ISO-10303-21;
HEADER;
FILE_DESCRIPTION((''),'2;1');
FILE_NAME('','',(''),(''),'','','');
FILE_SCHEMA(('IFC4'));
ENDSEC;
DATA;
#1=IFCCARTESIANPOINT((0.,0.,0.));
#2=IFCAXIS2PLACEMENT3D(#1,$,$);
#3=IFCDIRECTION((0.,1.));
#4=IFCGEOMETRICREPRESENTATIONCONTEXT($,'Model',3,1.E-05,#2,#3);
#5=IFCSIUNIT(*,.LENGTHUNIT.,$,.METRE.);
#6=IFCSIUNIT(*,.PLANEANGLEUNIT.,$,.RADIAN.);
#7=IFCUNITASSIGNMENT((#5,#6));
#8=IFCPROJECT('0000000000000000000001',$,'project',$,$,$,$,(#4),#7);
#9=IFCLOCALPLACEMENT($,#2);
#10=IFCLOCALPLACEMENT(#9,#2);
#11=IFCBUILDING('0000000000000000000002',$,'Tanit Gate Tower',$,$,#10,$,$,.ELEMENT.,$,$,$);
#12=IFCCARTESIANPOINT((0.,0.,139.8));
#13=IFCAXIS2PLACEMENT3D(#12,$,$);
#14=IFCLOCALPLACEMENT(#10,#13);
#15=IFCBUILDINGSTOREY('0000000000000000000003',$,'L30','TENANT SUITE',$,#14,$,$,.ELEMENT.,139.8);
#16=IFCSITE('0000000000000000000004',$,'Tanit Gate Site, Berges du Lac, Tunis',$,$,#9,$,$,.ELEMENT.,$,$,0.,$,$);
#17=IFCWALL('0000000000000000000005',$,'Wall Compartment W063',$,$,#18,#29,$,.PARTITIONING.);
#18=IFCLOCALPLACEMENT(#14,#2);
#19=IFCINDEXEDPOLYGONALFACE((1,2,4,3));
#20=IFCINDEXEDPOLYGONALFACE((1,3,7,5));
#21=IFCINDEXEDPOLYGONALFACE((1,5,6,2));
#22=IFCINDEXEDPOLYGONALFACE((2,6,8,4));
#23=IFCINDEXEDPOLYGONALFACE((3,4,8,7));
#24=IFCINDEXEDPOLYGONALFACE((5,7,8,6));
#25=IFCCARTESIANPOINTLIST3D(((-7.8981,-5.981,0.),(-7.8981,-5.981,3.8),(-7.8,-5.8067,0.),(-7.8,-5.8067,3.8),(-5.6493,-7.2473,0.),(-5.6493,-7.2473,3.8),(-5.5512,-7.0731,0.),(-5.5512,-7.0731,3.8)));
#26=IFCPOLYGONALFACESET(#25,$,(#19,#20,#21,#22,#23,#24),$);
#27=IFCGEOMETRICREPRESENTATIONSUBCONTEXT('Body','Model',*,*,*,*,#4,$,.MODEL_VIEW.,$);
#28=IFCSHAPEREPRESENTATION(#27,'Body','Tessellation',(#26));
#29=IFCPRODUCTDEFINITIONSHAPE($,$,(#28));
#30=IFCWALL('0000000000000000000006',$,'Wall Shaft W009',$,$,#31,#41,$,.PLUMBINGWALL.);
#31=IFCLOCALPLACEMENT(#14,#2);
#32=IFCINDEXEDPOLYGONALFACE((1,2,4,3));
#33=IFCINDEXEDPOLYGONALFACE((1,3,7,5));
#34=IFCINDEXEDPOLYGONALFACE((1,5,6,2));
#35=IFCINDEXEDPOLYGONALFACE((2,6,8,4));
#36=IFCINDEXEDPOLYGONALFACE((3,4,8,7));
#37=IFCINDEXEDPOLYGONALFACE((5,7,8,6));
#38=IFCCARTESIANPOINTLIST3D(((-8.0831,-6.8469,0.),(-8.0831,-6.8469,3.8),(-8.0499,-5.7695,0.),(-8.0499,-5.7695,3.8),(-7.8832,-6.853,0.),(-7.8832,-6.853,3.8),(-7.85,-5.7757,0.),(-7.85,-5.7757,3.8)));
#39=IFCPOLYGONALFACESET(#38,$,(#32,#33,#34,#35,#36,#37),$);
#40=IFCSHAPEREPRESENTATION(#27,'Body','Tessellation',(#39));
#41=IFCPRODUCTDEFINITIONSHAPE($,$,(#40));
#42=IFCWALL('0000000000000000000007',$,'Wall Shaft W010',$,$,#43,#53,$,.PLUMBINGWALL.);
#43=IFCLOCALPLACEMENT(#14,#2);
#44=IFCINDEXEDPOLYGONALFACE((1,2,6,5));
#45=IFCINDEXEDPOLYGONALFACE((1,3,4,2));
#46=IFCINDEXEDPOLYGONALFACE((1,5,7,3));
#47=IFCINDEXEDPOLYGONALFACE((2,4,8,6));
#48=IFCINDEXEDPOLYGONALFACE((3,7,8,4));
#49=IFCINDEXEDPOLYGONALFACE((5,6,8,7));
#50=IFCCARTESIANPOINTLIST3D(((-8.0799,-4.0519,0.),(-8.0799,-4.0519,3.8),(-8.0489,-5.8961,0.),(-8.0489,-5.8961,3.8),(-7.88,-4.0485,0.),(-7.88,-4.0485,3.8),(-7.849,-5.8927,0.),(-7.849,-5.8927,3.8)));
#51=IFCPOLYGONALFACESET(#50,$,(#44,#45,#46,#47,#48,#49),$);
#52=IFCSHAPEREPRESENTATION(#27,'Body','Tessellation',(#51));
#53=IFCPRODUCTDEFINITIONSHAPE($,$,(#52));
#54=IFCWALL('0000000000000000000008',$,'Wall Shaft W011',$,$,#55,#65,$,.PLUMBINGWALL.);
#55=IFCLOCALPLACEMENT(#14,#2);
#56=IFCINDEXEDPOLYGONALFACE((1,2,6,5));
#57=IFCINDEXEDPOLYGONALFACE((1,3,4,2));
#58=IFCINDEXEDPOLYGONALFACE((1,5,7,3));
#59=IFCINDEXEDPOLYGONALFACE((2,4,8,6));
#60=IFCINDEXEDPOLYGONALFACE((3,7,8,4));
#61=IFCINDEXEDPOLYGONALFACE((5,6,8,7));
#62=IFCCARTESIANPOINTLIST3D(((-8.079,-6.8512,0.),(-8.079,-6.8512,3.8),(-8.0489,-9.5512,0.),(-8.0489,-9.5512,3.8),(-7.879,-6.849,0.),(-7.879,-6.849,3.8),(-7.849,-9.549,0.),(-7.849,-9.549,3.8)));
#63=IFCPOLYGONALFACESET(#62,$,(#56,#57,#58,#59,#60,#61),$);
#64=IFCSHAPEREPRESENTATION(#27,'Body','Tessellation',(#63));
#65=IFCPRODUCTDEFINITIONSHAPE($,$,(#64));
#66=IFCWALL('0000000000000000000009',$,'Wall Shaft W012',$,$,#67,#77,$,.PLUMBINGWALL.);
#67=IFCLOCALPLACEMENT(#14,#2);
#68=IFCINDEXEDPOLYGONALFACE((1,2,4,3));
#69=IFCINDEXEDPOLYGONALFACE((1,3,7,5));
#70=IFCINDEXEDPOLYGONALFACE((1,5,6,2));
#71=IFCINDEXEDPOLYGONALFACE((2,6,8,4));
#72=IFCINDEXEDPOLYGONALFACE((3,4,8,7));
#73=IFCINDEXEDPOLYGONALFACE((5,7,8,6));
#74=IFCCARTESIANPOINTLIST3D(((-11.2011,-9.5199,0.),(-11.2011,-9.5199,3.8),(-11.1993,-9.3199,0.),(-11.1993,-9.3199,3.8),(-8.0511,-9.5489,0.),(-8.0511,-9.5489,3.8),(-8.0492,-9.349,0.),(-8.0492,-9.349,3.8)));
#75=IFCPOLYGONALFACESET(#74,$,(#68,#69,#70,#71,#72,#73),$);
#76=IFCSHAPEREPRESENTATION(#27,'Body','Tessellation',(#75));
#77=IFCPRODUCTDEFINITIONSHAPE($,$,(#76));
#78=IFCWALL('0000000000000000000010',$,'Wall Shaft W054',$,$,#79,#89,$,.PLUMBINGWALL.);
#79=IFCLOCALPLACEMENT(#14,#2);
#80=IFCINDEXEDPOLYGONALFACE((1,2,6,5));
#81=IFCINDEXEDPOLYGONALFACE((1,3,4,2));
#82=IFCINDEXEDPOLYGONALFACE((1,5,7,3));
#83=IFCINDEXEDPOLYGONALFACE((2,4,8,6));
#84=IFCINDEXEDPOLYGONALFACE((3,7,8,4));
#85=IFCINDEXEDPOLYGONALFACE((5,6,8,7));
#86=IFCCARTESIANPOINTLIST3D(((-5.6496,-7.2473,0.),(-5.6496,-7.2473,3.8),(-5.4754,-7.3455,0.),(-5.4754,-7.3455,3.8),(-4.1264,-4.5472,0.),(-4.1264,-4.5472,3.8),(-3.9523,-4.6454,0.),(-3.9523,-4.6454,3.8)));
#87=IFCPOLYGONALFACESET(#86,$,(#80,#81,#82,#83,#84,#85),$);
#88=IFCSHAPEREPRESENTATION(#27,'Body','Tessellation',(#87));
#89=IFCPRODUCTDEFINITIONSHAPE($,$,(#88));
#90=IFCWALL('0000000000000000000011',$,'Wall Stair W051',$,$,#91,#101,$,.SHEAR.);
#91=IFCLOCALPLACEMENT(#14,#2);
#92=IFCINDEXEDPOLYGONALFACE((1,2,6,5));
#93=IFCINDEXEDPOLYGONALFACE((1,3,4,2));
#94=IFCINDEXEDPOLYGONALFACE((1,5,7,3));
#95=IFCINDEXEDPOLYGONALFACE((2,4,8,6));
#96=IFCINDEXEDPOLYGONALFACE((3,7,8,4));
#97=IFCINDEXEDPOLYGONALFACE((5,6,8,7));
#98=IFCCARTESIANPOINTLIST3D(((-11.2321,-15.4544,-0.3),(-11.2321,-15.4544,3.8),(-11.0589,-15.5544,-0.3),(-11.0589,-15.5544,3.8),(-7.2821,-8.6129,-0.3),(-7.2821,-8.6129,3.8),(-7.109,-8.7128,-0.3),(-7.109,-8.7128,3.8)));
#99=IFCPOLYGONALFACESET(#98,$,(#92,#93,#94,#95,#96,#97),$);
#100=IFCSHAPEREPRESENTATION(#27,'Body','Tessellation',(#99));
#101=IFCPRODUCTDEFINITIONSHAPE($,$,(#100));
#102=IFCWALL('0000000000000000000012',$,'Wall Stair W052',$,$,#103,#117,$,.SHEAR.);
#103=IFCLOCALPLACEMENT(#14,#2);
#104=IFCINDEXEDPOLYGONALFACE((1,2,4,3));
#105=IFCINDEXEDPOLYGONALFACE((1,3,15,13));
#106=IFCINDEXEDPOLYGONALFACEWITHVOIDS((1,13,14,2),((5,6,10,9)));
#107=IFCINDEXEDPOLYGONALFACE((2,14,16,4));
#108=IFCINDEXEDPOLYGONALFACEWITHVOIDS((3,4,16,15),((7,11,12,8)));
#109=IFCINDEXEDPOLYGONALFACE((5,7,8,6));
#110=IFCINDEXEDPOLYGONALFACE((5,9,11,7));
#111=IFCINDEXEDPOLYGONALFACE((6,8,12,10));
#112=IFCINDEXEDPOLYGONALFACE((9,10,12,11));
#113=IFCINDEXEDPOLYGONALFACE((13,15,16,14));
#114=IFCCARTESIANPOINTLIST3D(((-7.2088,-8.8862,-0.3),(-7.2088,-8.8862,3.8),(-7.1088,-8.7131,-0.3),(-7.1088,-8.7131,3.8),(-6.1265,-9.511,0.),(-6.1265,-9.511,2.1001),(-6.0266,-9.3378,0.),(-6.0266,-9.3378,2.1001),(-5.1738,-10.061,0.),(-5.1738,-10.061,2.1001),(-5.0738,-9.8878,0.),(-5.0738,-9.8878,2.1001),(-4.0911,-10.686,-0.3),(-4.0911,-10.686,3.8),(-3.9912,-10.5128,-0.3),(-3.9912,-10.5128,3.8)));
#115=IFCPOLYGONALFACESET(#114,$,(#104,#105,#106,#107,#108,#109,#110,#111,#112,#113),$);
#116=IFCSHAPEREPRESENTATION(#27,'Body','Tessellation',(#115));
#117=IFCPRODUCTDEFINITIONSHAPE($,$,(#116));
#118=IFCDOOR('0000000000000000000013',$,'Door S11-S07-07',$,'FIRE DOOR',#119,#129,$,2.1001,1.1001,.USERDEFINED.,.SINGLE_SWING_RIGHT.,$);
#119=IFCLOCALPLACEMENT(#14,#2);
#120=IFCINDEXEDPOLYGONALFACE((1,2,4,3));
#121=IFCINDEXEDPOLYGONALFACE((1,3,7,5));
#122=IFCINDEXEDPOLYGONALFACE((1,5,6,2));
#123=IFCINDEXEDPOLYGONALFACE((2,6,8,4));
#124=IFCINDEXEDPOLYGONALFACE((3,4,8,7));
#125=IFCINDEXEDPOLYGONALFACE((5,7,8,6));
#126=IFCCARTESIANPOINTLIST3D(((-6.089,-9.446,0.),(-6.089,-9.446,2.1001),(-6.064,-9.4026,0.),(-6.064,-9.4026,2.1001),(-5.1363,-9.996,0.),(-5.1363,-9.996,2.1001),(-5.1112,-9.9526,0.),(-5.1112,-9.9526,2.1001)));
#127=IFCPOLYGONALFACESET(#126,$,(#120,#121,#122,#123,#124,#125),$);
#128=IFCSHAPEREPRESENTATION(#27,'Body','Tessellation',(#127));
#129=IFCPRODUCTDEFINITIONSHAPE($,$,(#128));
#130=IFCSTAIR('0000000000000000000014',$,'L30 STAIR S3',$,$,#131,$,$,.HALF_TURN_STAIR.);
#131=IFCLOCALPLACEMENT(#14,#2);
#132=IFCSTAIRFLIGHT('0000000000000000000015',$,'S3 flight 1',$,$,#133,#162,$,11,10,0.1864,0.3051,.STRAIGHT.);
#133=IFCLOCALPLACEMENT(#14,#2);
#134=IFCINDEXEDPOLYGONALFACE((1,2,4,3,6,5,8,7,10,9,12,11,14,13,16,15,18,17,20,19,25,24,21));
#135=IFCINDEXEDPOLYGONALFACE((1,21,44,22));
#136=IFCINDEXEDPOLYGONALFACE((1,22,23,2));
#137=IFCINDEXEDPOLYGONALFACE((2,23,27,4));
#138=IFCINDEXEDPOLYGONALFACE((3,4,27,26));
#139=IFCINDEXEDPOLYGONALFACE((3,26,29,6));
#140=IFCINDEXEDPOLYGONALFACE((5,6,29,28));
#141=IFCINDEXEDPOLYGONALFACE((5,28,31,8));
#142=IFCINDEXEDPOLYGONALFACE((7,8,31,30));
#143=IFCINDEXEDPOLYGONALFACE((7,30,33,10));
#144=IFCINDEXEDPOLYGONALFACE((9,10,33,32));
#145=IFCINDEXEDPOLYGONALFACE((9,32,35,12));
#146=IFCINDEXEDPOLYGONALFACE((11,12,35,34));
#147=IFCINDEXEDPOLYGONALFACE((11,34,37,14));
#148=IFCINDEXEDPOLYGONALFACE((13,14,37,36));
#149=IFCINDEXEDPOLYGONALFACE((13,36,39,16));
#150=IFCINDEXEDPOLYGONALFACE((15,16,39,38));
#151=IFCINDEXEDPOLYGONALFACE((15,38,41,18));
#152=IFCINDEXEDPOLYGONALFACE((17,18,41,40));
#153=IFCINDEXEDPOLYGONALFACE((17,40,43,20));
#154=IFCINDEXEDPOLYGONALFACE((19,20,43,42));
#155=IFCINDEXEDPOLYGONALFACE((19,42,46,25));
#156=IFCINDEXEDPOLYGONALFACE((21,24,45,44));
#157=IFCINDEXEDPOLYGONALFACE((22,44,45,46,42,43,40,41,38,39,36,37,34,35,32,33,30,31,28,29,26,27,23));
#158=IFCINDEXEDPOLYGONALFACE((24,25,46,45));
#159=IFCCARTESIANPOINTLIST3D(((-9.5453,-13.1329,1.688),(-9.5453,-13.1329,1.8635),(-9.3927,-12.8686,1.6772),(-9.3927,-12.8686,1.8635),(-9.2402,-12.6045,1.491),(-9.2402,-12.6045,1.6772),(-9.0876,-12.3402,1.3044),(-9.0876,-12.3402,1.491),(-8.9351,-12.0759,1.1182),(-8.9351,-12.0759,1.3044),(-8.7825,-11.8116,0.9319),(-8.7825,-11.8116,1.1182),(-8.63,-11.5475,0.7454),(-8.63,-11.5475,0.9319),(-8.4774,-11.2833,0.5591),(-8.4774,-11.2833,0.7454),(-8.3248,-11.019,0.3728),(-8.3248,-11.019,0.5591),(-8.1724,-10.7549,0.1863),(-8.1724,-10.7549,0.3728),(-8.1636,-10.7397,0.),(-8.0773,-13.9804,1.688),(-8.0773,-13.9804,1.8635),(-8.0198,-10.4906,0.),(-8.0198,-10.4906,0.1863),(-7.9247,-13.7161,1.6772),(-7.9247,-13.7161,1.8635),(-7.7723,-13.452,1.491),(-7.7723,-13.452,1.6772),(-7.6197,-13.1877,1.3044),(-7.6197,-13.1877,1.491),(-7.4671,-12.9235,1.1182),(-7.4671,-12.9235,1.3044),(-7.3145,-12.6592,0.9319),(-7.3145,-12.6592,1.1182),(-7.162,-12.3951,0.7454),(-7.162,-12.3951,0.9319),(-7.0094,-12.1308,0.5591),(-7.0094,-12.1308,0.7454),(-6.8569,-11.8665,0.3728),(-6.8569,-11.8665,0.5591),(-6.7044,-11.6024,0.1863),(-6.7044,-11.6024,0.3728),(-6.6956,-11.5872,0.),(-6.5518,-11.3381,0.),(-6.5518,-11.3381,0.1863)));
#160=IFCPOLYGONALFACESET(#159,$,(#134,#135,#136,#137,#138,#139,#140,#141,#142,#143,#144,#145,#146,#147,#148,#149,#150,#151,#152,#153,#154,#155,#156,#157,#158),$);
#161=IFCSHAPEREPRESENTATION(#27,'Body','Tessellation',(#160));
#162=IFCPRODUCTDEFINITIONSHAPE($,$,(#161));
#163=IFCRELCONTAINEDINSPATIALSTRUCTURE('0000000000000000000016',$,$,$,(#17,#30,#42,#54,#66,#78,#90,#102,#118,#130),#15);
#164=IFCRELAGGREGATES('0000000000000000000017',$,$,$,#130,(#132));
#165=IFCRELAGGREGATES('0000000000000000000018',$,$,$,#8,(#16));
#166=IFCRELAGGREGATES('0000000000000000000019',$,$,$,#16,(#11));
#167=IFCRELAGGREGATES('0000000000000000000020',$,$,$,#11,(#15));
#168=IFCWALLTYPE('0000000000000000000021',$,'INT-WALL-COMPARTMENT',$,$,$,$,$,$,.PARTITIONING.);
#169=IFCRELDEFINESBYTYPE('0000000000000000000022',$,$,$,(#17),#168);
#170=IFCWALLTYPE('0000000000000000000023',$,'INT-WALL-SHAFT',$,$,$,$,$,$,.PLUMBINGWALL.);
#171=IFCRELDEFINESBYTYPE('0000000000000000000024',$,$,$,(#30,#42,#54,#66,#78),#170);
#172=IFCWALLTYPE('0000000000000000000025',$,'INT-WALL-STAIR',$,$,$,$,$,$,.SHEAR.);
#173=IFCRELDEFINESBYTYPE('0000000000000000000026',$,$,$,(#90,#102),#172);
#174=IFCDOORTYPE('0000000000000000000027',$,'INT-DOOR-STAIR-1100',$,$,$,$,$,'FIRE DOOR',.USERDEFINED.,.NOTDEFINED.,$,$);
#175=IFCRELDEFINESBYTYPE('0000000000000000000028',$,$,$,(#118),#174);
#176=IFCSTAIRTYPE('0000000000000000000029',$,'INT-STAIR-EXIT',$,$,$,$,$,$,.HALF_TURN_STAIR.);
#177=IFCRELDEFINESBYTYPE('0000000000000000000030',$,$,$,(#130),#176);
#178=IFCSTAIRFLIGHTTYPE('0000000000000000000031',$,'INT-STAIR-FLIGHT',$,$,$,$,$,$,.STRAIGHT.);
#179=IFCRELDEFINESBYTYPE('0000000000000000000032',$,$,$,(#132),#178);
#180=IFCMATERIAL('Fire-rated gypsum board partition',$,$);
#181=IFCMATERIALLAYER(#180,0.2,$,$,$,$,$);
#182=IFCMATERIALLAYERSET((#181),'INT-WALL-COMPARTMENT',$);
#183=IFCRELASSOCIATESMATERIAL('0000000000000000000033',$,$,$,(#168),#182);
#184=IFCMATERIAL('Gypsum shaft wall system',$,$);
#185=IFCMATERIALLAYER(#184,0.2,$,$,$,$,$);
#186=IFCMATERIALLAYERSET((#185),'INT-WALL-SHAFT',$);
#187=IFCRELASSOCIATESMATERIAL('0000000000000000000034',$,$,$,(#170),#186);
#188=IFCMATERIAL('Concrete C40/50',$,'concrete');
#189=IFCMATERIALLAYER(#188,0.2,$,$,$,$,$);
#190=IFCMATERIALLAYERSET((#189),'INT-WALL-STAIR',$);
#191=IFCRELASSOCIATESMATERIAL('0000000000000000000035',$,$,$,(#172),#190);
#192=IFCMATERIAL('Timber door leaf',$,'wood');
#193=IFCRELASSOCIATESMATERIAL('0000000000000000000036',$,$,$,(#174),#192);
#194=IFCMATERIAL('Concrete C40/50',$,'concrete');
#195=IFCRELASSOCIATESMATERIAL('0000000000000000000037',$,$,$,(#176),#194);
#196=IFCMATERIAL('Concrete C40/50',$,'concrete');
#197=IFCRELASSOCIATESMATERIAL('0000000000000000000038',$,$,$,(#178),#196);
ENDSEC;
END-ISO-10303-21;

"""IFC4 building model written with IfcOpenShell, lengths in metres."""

from ifc_helpers import new_model, si_unit, direction, frame, frame_2d, origin, place, context, subcontext, project, spatial, polyline, rectangle, outline, extrude, material, layer, layer_set, type_object, element, fill, aggregate, save


model = new_model("IFC4")

# Units and contexts
model_context = context("Model", 3, precision=1e-05, world=origin(), true_north=direction((0.0, 1.0)))
body_context = subcontext(model_context, "Body", "Model", "MODEL_VIEW")
ifc_project = project(units=[si_unit("LENGTHUNIT", "METRE"), si_unit("PLANEANGLEUNIT", "RADIAN")], contexts=[model_context])

# Site, building, storey
site_placement = place(None, origin())
site = spatial("IfcSite", under=ifc_project, at=site_placement, Name="Tanit Gate Site, Berges du Lac, Tunis", CompositionType="ELEMENT", RefElevation=0.0)
building_placement = place(site_placement, origin())
building = spatial("IfcBuilding", under=site, at=building_placement, Name="Tanit Gate Tower", CompositionType="ELEMENT")
storey_placement = place(building_placement, frame((0.0, 0.0, 139.8)))
storey = spatial("IfcBuildingStorey", under=building, at=storey_placement, Name="L30", Description="TENANT SUITE", CompositionType="ELEMENT", Elevation=139.8)

# Walls
ifc_material_1 = material(Name="Fire-rated gypsum board partition")
ifc_layer_1 = layer(ifc_material_1, 0.2)
ifc_layer_set_1 = layer_set([ifc_layer_1], Name="INT-WALL-COMPARTMENT")
wall_type_1 = type_object("IfcWallType", Name="INT-WALL-COMPARTMENT", PredefinedType="PARTITIONING", material=ifc_layer_set_1)
wall_1_placement = place(storey_placement, frame((-7.8491, -5.8938, 0.0), z_axis=(0.0, 0.0, 1.0), x_axis=(0.87134, -0.490679, 0.0)))
element("IfcWall", 1, at=wall_1_placement, inside=storey, type_object=wall_type_1, Name="Wall Compartment W063", PredefinedType="PARTITIONING", context=body_context, shape_type="SweptSolid", body=[
    extrude(rectangle(XDim=2.5808, YDim=0.2, at=frame_2d((1.2905, 0.0))), origin(), (0.0, 0.0, 1.0), 3.8),
])
ifc_material_2 = material(Name="Gypsum shaft wall system")
ifc_layer_2 = layer(ifc_material_2, 0.2)
ifc_layer_set_2 = layer_set([ifc_layer_2], Name="INT-WALL-SHAFT")
wall_type_2 = type_object("IfcWallType", Name="INT-WALL-SHAFT", PredefinedType="PLUMBINGWALL", material=ifc_layer_set_2)
wall_2_placement = place(storey_placement, frame((-7.95, -5.7725, 0.0), z_axis=(0.0, 0.0, 1.0), x_axis=(-0.030803, -0.999525, 0.0)))
element("IfcWall", 2, at=wall_2_placement, inside=storey, type_object=wall_type_2, Name="Wall Shaft W009", PredefinedType="PLUMBINGWALL", context=body_context, shape_type="SweptSolid", body=[
    extrude(rectangle(XDim=1.0779, YDim=0.2, at=frame_2d((0.5391, 0.0))), origin(), (0.0, 0.0, 1.0), 3.8),
])
wall_3_placement = place(storey_placement, frame((-7.98, -4.05, 0.0), z_axis=(0.0, 0.0, 1.0), x_axis=(0.01681, -0.999859, 0.0)))
element("IfcWall", 3, at=wall_3_placement, inside=storey, type_object=wall_type_2, Name="Wall Shaft W010", PredefinedType="PLUMBINGWALL", context=body_context, shape_type="SweptSolid", body=[
    extrude(rectangle(XDim=1.8445, YDim=0.2, at=frame_2d((0.9224, 0.0))), origin(), (0.0, 0.0, 1.0), 3.8),
])
wall_4_placement = place(storey_placement, frame((-7.979, -6.8501, 0.0), z_axis=(0.0, 0.0, 1.0), x_axis=(0.011121, -0.999938, 0.0)))
element("IfcWall", 4, at=wall_4_placement, inside=storey, type_object=wall_type_2, Name="Wall Shaft W011", PredefinedType="PLUMBINGWALL", context=body_context, shape_type="SweptSolid", body=[
    extrude(rectangle(XDim=2.7002, YDim=0.2, at=frame_2d((1.3501, 0.0))), origin(), (0.0, 0.0, 1.0), 3.8),
])
wall_5_placement = place(storey_placement, frame((-8.05, -9.449, 0.0), z_axis=(0.0, 0.0, 1.0), x_axis=(-0.999957, 0.009223, 0.0)))
element("IfcWall", 5, at=wall_5_placement, inside=storey, type_object=wall_type_2, Name="Wall Shaft W012", PredefinedType="PLUMBINGWALL", context=body_context, shape_type="SweptSolid", body=[
    extrude(rectangle(XDim=3.1501, YDim=0.2, at=frame_2d((1.5752, 0.0))), origin(), (0.0, 0.0, 1.0), 3.8),
])
wall_6_placement = place(storey_placement, frame((-5.5625, -7.2964, 0.0), z_axis=(0.0, 0.0, 1.0), x_axis=(0.491323, 0.870978, 0.0)))
element("IfcWall", 6, at=wall_6_placement, inside=storey, type_object=wall_type_2, Name="Wall Shaft W054", PredefinedType="PLUMBINGWALL", context=body_context, shape_type="SweptSolid", body=[
    extrude(rectangle(XDim=3.1001, YDim=0.2, at=frame_2d((1.55, 0.0))), origin(), (0.0, 0.0, 1.0), 3.8),
])
ifc_material_3 = material(Name="Concrete C40/50", Category="concrete")
ifc_layer_3 = layer(ifc_material_3, 0.2)
ifc_layer_set_3 = layer_set([ifc_layer_3], Name="INT-WALL-STAIR")
wall_type_3 = type_object("IfcWallType", Name="INT-WALL-STAIR", PredefinedType="SHEAR", material=ifc_layer_set_3)
wall_7_placement = place(storey_placement, frame((-7.1956, -8.6628, -0.3), z_axis=(0.0, 0.0, 1.0), x_axis=(-0.499998, -0.866027, 0.0)))
element("IfcWall", 7, at=wall_7_placement, inside=storey, type_object=wall_type_3, Name="Wall Stair W051", PredefinedType="SHEAR", context=body_context, shape_type="SweptSolid", body=[
    extrude(rectangle(XDim=7.8999, YDim=0.2, at=frame_2d((3.95, 0.0))), origin(), (0.0, 0.0, 1.0), 4.1001),
])

# Wall, opening, door
wall_8_placement = place(storey_placement, frame((-4.0413, -10.5994, -0.3), z_axis=(0.0, 0.0, 1.0), x_axis=(-0.866048, 0.499961, 0.0)))
wall_8 = element("IfcWall", 8, at=wall_8_placement, inside=storey, type_object=wall_type_3, Name="Wall Stair W052", PredefinedType="SHEAR", context=body_context, shape_type="SweptSolid", body=[
    extrude(rectangle(XDim=3.5999, YDim=0.2, at=frame_2d((1.7998, 0.0))), origin(), (0.0, 0.0, 1.0), 4.1001),
])
opening_placement = place(wall_8_placement, frame((1.25, 0.0, 0.3)))
opening = element("IfcOpeningElement", 9, at=opening_placement, cuts=wall_8, PredefinedType="OPENING", context=body_context, shape_type="SweptSolid", body=[
    extrude(rectangle(XDim=1.1001, YDim=2.1001, at=frame_2d((0.55, 1.05))), frame((0.0, 0.1099, 0.0), z_axis=(0.0, -1.0, 0.0), x_axis=(1.0, 0.0, 0.0)), (0.0, 0.0, 1.0), 0.22),
])
ifc_material_4 = material(Name="Timber door leaf", Category="wood")
door_type = type_object("IfcDoorType", Name="INT-DOOR-STAIR-1100", ElementType="FIRE DOOR", OperationType="NOTDEFINED", PredefinedType="USERDEFINED", material=ifc_material_4)
door_placement = place(opening_placement, origin())
door = element("IfcDoor", 10, at=door_placement, inside=storey, type_object=door_type, Name="Door S11-S07-07", ObjectType="FIRE DOOR", OperationType="SINGLE_SWING_RIGHT", OverallHeight=2.1001, OverallWidth=1.1001, PredefinedType="USERDEFINED", context=body_context, shape_type="SweptSolid", body=[
    extrude(rectangle(XDim=1.1001, YDim=2.1001, at=frame_2d((0.55, 1.05))), frame((0.0, 0.0249, 0.0), z_axis=(0.0, -1.0, 0.0), x_axis=(1.0, 0.0, 0.0)), (0.0, 0.0, 1.0), 0.05),
])
fill(opening, door)

# Stair, stair flight
ifc_material_5 = material(Name="Concrete C40/50", Category="concrete")
stair_type = type_object("IfcStairType", Name="INT-STAIR-EXIT", PredefinedType="HALF_TURN_STAIR", material=ifc_material_5)
stair_placement = place(storey_placement, origin())
stair = element("IfcStair", 11, at=stair_placement, inside=storey, type_object=stair_type, Name="L30 STAIR S3", PredefinedType="HALF_TURN_STAIR")
ifc_material_6 = material(Name="Concrete C40/50", Category="concrete")
stair_flight_type = type_object("IfcStairFlightType", Name="INT-STAIR-FLIGHT", PredefinedType="STRAIGHT", material=ifc_material_6)
stair_flight_placement = place(storey_placement, frame((-7.2859, -10.9143, 0.0), z_axis=(0.0, 0.0, 1.0), x_axis=(-0.5, -0.866025, 0.0)))
stair_flight = element("IfcStairFlight", 12, at=stair_flight_placement, type_object=stair_flight_type, Name="S3 flight 1", NumberOfRisers=11, NumberOfTreads=10, PredefinedType="STRAIGHT", RiserHeight=0.1864, TreadLength=0.3051, context=body_context, shape_type="SweptSolid", body=[
    extrude(outline(polyline([(0.0, 0.0), (0.0, 0.1863), (0.3052, 0.1863), (0.3052, 0.3728), (0.6101, 0.3728), (0.6101, 0.5591), (0.9153, 0.5591), (0.9153, 0.7454), (1.2205, 0.7454), (1.2205, 0.9319), (1.5254, 0.9319), (1.5254, 1.1182), (1.8306, 1.1182), (1.8306, 1.3044), (2.1357, 1.3044), (2.1357, 1.491), (2.4409, 1.491), (2.4409, 1.6772), (2.7458, 1.6772), (2.7458, 1.8635), (3.051, 1.8635), (3.051, 2.05), (3.051, 1.688), (0.2876, 0.0), (0.0, 0.0)])), frame((0.0, 0.8477, 0.0), z_axis=(0.0, -1.0, 0.0), x_axis=(1.0, 0.0, 0.0)), (0.0, 0.0, 1.0), 1.6951),
])
aggregate(stair, [stair_flight])

save(model, "model.ifc")
